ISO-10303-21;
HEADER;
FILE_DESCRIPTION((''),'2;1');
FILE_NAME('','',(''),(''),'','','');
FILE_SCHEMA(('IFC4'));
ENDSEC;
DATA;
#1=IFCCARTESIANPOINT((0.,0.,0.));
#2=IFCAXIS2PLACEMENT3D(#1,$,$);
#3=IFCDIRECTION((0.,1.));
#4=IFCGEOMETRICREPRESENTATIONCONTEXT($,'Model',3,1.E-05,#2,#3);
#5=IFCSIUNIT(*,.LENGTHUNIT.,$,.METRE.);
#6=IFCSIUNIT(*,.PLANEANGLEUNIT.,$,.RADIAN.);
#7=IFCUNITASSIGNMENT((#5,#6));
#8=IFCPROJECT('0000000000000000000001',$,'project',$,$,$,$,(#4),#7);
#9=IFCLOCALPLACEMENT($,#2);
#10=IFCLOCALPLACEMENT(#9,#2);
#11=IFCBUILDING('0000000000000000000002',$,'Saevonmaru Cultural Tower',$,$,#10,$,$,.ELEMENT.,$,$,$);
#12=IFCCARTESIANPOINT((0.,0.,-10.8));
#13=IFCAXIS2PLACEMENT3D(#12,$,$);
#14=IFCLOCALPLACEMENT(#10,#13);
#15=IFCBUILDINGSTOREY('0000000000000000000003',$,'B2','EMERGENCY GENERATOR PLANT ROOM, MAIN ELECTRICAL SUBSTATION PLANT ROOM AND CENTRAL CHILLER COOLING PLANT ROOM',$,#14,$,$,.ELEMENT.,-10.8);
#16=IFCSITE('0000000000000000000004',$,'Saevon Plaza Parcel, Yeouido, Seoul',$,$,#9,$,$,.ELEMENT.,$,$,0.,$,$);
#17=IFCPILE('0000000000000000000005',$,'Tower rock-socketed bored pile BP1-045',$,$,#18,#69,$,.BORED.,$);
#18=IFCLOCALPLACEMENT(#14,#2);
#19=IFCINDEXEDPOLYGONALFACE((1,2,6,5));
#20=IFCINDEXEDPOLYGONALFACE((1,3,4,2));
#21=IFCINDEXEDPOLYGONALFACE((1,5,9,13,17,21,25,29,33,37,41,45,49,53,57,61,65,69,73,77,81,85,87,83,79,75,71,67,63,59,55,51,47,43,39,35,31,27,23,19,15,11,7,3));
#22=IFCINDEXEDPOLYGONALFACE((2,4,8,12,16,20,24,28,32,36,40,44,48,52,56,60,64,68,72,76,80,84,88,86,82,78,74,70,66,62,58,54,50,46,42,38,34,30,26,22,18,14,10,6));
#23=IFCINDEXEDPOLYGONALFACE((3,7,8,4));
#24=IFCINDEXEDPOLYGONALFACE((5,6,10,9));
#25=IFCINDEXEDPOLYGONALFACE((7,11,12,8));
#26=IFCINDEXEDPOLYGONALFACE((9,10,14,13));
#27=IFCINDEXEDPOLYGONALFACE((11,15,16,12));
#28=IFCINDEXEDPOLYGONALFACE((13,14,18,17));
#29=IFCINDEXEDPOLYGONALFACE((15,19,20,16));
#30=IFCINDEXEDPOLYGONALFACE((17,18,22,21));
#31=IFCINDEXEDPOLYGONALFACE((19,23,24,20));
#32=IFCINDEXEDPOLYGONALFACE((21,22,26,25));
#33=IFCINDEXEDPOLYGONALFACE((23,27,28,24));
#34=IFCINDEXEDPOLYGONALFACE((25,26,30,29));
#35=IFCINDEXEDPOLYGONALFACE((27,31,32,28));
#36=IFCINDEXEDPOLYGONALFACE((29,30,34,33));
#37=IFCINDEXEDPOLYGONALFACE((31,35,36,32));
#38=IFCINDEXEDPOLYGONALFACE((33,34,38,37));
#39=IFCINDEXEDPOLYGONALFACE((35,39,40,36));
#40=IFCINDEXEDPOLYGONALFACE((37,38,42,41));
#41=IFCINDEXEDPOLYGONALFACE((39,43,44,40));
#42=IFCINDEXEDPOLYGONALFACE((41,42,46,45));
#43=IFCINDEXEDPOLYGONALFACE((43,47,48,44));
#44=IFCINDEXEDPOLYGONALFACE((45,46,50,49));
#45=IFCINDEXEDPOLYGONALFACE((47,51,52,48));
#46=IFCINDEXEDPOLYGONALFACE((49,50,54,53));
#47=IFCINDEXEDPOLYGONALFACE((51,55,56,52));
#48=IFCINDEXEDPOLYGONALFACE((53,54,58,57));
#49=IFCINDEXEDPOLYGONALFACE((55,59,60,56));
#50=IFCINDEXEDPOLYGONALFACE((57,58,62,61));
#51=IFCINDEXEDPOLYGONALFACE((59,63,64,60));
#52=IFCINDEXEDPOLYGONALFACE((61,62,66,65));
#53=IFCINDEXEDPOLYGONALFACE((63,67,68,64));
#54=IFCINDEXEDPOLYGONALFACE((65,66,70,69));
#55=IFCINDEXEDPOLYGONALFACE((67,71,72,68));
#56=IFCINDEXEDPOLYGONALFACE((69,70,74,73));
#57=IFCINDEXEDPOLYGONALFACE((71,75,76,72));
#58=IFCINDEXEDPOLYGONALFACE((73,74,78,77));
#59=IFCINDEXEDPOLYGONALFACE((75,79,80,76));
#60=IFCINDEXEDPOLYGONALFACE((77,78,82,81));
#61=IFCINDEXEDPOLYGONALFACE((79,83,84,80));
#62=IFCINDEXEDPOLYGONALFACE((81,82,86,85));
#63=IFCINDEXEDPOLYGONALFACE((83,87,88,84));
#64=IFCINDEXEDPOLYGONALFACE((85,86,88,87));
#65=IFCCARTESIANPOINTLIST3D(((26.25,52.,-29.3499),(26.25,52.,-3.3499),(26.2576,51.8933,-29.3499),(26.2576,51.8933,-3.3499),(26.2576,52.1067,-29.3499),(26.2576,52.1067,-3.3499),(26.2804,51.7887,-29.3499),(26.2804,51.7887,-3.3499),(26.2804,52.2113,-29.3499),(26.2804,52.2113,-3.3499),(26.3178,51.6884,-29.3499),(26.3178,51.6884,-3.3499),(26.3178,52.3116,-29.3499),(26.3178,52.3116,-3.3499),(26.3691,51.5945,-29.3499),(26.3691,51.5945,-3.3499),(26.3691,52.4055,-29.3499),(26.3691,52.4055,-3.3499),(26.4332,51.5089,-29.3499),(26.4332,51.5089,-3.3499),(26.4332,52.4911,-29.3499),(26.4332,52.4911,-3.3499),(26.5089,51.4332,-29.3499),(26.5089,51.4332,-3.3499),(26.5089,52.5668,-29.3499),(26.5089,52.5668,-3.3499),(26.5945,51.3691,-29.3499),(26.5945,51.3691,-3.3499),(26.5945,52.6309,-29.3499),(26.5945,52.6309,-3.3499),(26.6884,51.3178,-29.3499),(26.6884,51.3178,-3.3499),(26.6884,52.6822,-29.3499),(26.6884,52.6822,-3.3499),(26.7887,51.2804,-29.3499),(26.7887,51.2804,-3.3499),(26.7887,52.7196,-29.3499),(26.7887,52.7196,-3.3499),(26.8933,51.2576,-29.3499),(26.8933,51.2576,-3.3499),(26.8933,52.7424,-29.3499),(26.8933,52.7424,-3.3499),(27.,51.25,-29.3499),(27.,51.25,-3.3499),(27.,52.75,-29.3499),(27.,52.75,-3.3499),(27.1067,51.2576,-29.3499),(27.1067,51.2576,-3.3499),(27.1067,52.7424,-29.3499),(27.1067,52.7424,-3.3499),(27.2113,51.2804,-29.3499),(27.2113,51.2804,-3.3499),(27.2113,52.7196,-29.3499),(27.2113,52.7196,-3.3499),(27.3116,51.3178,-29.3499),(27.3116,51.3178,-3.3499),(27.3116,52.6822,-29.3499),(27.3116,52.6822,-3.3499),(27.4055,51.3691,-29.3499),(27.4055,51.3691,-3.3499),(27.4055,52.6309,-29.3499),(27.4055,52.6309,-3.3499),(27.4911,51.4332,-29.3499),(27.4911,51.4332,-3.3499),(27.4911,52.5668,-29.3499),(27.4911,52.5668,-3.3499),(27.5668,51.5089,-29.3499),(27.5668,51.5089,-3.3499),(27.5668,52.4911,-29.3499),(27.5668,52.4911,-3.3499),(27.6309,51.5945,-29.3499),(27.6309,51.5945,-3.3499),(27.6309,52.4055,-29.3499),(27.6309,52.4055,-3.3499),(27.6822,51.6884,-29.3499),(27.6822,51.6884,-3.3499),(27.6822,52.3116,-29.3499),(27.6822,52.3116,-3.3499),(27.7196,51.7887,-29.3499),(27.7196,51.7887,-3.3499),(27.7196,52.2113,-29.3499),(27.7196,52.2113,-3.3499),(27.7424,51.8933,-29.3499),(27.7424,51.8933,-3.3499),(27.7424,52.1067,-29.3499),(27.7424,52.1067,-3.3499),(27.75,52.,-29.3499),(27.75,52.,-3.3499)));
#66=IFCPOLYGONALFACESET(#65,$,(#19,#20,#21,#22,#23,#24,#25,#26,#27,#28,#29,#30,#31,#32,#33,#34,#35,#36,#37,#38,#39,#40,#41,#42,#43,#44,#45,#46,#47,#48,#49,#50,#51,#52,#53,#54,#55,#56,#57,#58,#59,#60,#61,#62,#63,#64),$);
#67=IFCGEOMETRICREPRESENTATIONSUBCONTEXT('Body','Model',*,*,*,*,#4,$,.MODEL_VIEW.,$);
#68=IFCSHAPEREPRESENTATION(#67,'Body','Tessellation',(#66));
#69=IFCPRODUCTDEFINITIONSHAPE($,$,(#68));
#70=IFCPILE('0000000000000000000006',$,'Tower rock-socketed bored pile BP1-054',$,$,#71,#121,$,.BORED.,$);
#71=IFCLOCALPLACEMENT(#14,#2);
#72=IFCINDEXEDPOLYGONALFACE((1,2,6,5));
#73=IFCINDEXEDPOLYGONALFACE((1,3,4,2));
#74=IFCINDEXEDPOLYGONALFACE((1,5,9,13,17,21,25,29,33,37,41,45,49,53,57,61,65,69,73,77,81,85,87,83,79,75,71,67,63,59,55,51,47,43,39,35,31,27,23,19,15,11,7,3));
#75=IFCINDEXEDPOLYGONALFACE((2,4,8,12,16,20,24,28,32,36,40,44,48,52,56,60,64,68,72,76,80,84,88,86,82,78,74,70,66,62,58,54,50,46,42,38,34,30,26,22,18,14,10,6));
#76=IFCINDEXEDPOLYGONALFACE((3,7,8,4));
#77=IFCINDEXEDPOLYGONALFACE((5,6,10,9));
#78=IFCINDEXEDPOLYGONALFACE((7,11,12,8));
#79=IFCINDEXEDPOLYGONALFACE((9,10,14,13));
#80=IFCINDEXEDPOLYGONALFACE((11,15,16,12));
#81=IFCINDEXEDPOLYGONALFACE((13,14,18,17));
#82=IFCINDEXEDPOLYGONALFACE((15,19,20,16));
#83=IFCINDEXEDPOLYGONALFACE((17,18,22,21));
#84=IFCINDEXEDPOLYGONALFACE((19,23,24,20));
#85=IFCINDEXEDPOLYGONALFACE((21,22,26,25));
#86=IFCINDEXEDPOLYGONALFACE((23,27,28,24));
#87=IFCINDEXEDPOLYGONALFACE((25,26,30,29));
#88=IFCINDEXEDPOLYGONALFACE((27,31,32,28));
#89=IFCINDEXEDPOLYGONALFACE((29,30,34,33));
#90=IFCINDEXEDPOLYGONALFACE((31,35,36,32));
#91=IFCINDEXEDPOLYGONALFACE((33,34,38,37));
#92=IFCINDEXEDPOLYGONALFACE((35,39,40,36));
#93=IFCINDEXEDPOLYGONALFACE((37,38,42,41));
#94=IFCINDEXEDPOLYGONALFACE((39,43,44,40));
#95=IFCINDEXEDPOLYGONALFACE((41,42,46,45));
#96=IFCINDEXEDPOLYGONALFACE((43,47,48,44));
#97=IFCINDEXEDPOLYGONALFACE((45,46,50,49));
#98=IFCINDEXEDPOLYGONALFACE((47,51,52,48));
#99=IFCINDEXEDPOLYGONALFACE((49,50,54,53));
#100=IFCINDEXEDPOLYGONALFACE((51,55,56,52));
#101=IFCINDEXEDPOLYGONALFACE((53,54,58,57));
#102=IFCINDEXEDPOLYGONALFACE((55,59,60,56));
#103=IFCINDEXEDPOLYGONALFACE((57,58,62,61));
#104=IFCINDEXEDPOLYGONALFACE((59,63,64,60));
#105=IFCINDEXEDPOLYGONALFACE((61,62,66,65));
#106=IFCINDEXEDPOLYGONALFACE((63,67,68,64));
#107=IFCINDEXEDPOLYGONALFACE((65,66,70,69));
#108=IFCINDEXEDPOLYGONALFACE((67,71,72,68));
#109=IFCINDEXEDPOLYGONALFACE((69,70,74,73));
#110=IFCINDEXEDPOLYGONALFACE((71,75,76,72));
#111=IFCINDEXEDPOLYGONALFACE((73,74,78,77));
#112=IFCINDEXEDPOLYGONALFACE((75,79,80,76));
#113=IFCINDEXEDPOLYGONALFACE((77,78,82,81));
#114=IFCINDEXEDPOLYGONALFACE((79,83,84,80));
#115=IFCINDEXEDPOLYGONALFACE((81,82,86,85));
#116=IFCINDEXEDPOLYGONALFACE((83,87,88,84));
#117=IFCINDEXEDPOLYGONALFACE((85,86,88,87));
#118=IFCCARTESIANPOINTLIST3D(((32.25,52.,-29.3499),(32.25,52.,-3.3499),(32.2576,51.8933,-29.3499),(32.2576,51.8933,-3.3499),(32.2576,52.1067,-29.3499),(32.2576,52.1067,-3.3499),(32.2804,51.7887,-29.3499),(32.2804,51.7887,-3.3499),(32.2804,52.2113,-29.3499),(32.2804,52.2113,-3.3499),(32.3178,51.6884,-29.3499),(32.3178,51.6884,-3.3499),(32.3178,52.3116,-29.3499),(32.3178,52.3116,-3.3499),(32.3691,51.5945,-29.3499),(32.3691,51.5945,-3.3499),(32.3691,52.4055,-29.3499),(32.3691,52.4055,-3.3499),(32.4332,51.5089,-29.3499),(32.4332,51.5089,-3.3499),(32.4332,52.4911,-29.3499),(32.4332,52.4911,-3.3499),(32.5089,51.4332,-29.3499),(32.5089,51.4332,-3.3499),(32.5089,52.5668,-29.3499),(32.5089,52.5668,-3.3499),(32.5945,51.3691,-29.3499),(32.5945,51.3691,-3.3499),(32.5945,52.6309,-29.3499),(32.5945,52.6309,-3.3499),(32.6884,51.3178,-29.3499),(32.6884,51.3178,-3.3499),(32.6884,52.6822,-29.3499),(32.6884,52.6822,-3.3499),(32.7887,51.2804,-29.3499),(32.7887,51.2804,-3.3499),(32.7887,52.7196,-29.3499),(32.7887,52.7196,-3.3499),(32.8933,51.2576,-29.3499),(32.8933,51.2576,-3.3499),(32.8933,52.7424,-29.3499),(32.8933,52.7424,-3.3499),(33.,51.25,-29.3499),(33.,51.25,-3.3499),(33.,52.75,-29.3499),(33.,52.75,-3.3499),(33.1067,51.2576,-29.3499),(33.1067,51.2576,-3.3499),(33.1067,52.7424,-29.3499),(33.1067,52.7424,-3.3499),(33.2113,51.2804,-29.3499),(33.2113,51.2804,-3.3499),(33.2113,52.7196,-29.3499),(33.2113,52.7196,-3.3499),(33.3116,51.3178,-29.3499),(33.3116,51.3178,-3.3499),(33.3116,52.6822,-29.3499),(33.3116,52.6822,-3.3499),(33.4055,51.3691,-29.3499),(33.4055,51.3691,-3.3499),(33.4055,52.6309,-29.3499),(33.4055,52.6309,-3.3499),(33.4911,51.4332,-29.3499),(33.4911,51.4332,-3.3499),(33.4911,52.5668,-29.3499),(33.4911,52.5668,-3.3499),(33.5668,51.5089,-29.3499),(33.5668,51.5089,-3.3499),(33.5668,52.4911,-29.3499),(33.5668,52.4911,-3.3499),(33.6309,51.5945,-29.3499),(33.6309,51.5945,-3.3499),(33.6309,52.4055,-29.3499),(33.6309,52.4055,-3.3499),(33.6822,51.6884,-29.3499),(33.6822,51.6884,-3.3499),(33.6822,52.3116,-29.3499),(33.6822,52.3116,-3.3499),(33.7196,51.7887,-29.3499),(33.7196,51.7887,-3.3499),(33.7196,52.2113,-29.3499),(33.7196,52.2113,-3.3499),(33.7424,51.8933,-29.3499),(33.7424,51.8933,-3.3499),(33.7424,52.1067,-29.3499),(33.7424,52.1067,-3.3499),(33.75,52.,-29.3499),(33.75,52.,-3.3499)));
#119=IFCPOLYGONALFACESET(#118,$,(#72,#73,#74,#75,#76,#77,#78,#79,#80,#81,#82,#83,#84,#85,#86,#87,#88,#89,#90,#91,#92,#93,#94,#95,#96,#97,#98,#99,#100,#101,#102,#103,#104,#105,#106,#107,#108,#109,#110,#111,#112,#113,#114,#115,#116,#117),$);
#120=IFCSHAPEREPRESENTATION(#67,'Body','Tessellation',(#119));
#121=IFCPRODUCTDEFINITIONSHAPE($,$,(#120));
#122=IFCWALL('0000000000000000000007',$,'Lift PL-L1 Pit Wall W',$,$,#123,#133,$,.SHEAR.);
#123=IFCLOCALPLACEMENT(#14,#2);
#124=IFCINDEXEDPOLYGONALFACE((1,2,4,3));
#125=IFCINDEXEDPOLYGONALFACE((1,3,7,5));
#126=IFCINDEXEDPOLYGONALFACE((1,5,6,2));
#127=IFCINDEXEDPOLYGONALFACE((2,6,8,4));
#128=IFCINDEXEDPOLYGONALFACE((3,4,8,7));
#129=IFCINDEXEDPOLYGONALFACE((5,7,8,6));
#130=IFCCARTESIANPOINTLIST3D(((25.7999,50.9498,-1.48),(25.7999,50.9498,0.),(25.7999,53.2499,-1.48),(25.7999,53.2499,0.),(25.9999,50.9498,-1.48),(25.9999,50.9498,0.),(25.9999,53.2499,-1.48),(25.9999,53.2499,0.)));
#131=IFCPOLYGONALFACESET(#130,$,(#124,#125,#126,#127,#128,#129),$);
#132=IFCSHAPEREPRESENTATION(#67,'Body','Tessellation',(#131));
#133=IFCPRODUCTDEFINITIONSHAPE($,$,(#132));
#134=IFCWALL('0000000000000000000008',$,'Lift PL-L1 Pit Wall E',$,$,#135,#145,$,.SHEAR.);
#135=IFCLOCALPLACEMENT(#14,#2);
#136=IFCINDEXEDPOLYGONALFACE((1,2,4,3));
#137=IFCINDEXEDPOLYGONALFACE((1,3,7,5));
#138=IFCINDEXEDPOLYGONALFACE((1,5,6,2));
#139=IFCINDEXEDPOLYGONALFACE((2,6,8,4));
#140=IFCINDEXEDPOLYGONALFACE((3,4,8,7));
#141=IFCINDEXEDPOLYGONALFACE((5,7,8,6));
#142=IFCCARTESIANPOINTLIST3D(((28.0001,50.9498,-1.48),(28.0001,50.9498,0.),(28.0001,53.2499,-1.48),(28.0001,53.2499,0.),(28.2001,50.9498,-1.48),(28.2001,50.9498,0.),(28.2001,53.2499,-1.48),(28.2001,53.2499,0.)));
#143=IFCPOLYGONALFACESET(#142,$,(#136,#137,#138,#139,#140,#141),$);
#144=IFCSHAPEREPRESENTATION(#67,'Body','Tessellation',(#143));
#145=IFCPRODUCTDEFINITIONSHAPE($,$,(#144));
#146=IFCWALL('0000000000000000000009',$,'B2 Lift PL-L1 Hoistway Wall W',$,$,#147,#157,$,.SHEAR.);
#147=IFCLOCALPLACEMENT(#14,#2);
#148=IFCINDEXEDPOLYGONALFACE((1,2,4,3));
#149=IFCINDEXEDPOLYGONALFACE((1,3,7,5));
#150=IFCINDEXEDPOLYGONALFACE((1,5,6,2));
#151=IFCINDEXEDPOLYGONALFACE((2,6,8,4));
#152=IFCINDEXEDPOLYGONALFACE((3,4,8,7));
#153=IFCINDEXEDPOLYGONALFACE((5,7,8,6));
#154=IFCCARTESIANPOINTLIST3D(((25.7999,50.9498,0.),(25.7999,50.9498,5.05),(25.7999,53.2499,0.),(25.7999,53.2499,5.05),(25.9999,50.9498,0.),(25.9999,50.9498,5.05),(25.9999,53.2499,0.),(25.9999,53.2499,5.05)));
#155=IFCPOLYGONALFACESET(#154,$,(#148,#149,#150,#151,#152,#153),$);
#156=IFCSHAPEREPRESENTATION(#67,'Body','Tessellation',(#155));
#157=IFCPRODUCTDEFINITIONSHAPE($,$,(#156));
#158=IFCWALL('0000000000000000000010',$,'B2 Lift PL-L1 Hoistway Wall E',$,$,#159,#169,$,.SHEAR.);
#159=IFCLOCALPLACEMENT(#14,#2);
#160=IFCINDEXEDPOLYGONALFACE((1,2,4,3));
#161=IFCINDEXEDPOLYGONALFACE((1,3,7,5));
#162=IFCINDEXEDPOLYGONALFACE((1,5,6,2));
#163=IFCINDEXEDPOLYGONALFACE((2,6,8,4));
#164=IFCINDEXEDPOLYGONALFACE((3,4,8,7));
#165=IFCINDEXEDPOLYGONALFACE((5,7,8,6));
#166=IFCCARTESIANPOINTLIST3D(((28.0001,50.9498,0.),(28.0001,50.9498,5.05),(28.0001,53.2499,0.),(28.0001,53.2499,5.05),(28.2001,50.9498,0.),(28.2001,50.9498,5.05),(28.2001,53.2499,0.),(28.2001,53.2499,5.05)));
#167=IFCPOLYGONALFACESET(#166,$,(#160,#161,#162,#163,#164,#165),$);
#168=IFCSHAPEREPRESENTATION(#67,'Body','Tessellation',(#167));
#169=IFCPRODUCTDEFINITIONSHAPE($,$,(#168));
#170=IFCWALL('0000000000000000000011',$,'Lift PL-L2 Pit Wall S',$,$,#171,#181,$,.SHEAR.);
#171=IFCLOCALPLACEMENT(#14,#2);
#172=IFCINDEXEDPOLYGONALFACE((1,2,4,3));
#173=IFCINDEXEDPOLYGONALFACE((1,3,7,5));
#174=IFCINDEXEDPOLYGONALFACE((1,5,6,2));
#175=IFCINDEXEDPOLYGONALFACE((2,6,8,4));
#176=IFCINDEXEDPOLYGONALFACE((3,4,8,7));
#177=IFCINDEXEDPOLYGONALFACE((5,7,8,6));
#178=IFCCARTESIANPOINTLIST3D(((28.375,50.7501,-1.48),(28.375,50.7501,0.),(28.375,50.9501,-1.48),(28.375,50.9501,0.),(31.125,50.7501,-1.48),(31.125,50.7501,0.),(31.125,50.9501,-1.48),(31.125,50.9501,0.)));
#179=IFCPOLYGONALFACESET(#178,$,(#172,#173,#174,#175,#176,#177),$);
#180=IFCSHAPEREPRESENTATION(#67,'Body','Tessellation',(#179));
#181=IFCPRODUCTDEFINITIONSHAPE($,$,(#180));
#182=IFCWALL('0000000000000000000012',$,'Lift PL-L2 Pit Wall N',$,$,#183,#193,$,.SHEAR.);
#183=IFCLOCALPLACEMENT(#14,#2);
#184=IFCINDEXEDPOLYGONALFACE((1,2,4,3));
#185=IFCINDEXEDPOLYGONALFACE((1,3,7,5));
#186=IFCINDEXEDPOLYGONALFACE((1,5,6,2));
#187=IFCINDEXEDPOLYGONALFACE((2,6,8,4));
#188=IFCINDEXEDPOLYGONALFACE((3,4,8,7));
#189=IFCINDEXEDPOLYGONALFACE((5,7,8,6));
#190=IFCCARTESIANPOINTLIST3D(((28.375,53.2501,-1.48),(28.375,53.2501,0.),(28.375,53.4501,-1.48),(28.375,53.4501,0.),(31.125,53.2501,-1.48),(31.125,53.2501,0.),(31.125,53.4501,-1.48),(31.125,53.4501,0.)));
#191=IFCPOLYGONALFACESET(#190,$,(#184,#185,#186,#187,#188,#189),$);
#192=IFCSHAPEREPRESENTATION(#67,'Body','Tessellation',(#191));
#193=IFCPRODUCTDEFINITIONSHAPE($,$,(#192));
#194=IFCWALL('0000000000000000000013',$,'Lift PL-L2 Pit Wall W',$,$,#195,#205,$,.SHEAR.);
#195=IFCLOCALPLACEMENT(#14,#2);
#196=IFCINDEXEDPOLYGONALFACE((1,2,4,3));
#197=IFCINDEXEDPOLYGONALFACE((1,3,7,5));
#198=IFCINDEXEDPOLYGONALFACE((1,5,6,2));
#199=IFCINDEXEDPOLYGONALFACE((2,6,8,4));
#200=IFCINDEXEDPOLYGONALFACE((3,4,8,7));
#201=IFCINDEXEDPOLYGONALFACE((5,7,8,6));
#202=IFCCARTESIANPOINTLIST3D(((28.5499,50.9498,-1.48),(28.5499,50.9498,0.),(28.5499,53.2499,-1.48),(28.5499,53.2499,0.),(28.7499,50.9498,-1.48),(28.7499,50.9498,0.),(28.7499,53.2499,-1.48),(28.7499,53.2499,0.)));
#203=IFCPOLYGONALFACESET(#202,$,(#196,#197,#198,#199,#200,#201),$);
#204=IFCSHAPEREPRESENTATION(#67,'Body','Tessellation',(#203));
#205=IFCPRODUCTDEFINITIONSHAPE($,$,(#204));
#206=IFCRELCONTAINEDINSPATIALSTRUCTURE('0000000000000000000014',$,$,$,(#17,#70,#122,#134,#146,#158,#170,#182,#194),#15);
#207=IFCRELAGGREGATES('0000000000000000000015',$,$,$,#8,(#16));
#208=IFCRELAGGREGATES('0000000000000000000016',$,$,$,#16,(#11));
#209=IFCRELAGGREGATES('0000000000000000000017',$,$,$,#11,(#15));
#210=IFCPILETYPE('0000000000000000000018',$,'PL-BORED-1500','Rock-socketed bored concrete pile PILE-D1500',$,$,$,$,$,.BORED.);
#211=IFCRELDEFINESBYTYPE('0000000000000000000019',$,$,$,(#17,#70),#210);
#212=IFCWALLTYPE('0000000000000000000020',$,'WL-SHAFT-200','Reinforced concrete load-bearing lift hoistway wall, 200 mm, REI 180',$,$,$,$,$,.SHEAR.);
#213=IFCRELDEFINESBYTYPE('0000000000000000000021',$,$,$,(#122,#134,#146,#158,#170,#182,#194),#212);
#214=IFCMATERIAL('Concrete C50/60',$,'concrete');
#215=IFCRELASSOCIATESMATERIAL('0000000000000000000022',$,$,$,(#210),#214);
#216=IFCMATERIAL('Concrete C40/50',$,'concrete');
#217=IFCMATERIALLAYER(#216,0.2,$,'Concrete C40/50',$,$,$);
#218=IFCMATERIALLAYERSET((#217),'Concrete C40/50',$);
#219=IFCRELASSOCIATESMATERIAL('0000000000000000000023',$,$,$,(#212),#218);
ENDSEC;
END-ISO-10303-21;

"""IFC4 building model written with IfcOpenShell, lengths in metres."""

from ifc_helpers import new_model, si_unit, direction, frame, frame_2d, origin, origin_2d, place, context, subcontext, project, spatial, rectangle, circle, extrude, material, layer, layer_set, material_profile, profile_set, type_object, element, save


model = new_model("IFC4")

# Units and contexts
model_context = context("Model", 3, precision=1e-05, world=origin(), true_north=direction((0.0, 1.0)))
body_context = subcontext(model_context, "Body", "Model", "MODEL_VIEW")
ifc_project = project(units=[si_unit("LENGTHUNIT", "METRE"), si_unit("PLANEANGLEUNIT", "RADIAN")], contexts=[model_context])

# Site, building, storey
site_placement = place(None, origin())
site = spatial("IfcSite", under=ifc_project, at=site_placement, Name="Saevon Plaza Parcel, Yeouido, Seoul", CompositionType="ELEMENT", RefElevation=0.0)
building_placement = place(site_placement, origin())
building = spatial("IfcBuilding", under=site, at=building_placement, Name="Saevonmaru Cultural Tower", CompositionType="ELEMENT")
storey_placement = place(building_placement, frame((0.0, 0.0, -10.8)))
storey = spatial("IfcBuildingStorey", under=building, at=storey_placement, Name="B2", Description="EMERGENCY GENERATOR PLANT ROOM, MAIN ELECTRICAL SUBSTATION PLANT ROOM AND CENTRAL CHILLER COOLING PLANT ROOM", CompositionType="ELEMENT", Elevation=-10.8)

# Piles
ifc_material_1 = material(Name="Concrete C50/60", Category="concrete")
ifc_material_profile = material_profile(ifc_material_1, circle(Radius=0.75, at=origin_2d()), Name="PILE-D1500")
ifc_profile_set = profile_set([ifc_material_profile], Name="Concrete C50/60")
pile_type = type_object("IfcPileType", Name="PL-BORED-1500", Description="Rock-socketed bored concrete pile PILE-D1500", PredefinedType="BORED", material=ifc_profile_set)
for number, where, z_axis, x_axis, name in (
    (1, (27.0, 52.0, -3.3499), (0.0, 0.0, -1.0), (1.0, 0.0, 0.0), "Tower rock-socketed bored pile BP1-045"),
    (2, (33.0, 52.0, -3.3499), (0.0, 0.0, -1.0), (1.0, 0.0, 0.0), "Tower rock-socketed bored pile BP1-054"),
):
    element("IfcPile", number, at=place(storey_placement, frame(where, z_axis=z_axis, x_axis=x_axis)), inside=storey, type_object=pile_type, Name=name, PredefinedType="BORED", context=body_context, shape_type="SweptSolid", body=[
        extrude(circle(Radius=0.75, at=origin_2d()), origin(), (0.0, 0.0, 1.0), 26.0),
    ])

# Walls
ifc_material_2 = material(Name="Concrete C40/50", Category="concrete")
ifc_layer = layer(ifc_material_2, 0.2, Name="Concrete C40/50")
ifc_layer_set = layer_set([ifc_layer], Name="Concrete C40/50")
wall_type = type_object("IfcWallType", Name="WL-SHAFT-200", Description="Reinforced concrete load-bearing lift hoistway wall, 200 mm, REI 180", PredefinedType="SHEAR", material=ifc_layer_set)
for number, where, z_axis, x_axis, name in (
    (3, (25.8999, 50.95, -1.48), (0.0, 0.0, 1.0), (0.0, 1.0, 0.0), "Lift PL-L1 Pit Wall W"),
    (4, (28.1001, 50.95, -1.48), (0.0, 0.0, 1.0), (0.0, 1.0, 0.0), "Lift PL-L1 Pit Wall E"),
):
    element("IfcWall", number, at=place(storey_placement, frame(where, z_axis=z_axis, x_axis=x_axis)), inside=storey, type_object=wall_type, Name=name, PredefinedType="SHEAR", context=body_context, shape_type="SweptSolid", body=[
        extrude(rectangle(XDim=2.3, YDim=0.2, at=frame_2d((1.1499, 0.0))), origin(), (0.0, 0.0, 1.0), 1.48),
    ])
for number, where, z_axis, x_axis, name in (
    (5, (25.8999, 50.95, 0.0), (0.0, 0.0, 1.0), (0.0, 1.0, 0.0), "B2 Lift PL-L1 Hoistway Wall W"),
    (6, (28.1001, 50.95, 0.0), (0.0, 0.0, 1.0), (0.0, 1.0, 0.0), "B2 Lift PL-L1 Hoistway Wall E"),
):
    element("IfcWall", number, at=place(storey_placement, frame(where, z_axis=z_axis, x_axis=x_axis)), inside=storey, type_object=wall_type, Name=name, PredefinedType="SHEAR", context=body_context, shape_type="SweptSolid", body=[
        extrude(rectangle(XDim=2.3, YDim=0.2, at=frame_2d((1.1499, 0.0))), origin(), (0.0, 0.0, 1.0), 5.05),
    ])
for number, where, z_axis, x_axis, name in (
    (7, (28.375, 50.8501, -1.48), (0.0, 0.0, 1.0), (1.0, 0.0, 0.0), "Lift PL-L2 Pit Wall S"),
    (8, (28.375, 53.3501, -1.48), (0.0, 0.0, 1.0), (1.0, 0.0, 0.0), "Lift PL-L2 Pit Wall N"),
):
    element("IfcWall", number, at=place(storey_placement, frame(where, z_axis=z_axis, x_axis=x_axis)), inside=storey, type_object=wall_type, Name=name, PredefinedType="SHEAR", context=body_context, shape_type="SweptSolid", body=[
        extrude(rectangle(XDim=2.75, YDim=0.2, at=frame_2d((1.375, 0.0))), origin(), (0.0, 0.0, 1.0), 1.48),
    ])
for number, where, z_axis, x_axis, name in (
    (9, (28.6499, 50.95, -1.48), (0.0, 0.0, 1.0), (0.0, 1.0, 0.0), "Lift PL-L2 Pit Wall W"),
):
    element("IfcWall", number, at=place(storey_placement, frame(where, z_axis=z_axis, x_axis=x_axis)), inside=storey, type_object=wall_type, Name=name, PredefinedType="SHEAR", context=body_context, shape_type="SweptSolid", body=[
        extrude(rectangle(XDim=2.3, YDim=0.2, at=frame_2d((1.1499, 0.0))), origin(), (0.0, 0.0, 1.0), 1.48),
    ])

save(model, "model.ifc")
